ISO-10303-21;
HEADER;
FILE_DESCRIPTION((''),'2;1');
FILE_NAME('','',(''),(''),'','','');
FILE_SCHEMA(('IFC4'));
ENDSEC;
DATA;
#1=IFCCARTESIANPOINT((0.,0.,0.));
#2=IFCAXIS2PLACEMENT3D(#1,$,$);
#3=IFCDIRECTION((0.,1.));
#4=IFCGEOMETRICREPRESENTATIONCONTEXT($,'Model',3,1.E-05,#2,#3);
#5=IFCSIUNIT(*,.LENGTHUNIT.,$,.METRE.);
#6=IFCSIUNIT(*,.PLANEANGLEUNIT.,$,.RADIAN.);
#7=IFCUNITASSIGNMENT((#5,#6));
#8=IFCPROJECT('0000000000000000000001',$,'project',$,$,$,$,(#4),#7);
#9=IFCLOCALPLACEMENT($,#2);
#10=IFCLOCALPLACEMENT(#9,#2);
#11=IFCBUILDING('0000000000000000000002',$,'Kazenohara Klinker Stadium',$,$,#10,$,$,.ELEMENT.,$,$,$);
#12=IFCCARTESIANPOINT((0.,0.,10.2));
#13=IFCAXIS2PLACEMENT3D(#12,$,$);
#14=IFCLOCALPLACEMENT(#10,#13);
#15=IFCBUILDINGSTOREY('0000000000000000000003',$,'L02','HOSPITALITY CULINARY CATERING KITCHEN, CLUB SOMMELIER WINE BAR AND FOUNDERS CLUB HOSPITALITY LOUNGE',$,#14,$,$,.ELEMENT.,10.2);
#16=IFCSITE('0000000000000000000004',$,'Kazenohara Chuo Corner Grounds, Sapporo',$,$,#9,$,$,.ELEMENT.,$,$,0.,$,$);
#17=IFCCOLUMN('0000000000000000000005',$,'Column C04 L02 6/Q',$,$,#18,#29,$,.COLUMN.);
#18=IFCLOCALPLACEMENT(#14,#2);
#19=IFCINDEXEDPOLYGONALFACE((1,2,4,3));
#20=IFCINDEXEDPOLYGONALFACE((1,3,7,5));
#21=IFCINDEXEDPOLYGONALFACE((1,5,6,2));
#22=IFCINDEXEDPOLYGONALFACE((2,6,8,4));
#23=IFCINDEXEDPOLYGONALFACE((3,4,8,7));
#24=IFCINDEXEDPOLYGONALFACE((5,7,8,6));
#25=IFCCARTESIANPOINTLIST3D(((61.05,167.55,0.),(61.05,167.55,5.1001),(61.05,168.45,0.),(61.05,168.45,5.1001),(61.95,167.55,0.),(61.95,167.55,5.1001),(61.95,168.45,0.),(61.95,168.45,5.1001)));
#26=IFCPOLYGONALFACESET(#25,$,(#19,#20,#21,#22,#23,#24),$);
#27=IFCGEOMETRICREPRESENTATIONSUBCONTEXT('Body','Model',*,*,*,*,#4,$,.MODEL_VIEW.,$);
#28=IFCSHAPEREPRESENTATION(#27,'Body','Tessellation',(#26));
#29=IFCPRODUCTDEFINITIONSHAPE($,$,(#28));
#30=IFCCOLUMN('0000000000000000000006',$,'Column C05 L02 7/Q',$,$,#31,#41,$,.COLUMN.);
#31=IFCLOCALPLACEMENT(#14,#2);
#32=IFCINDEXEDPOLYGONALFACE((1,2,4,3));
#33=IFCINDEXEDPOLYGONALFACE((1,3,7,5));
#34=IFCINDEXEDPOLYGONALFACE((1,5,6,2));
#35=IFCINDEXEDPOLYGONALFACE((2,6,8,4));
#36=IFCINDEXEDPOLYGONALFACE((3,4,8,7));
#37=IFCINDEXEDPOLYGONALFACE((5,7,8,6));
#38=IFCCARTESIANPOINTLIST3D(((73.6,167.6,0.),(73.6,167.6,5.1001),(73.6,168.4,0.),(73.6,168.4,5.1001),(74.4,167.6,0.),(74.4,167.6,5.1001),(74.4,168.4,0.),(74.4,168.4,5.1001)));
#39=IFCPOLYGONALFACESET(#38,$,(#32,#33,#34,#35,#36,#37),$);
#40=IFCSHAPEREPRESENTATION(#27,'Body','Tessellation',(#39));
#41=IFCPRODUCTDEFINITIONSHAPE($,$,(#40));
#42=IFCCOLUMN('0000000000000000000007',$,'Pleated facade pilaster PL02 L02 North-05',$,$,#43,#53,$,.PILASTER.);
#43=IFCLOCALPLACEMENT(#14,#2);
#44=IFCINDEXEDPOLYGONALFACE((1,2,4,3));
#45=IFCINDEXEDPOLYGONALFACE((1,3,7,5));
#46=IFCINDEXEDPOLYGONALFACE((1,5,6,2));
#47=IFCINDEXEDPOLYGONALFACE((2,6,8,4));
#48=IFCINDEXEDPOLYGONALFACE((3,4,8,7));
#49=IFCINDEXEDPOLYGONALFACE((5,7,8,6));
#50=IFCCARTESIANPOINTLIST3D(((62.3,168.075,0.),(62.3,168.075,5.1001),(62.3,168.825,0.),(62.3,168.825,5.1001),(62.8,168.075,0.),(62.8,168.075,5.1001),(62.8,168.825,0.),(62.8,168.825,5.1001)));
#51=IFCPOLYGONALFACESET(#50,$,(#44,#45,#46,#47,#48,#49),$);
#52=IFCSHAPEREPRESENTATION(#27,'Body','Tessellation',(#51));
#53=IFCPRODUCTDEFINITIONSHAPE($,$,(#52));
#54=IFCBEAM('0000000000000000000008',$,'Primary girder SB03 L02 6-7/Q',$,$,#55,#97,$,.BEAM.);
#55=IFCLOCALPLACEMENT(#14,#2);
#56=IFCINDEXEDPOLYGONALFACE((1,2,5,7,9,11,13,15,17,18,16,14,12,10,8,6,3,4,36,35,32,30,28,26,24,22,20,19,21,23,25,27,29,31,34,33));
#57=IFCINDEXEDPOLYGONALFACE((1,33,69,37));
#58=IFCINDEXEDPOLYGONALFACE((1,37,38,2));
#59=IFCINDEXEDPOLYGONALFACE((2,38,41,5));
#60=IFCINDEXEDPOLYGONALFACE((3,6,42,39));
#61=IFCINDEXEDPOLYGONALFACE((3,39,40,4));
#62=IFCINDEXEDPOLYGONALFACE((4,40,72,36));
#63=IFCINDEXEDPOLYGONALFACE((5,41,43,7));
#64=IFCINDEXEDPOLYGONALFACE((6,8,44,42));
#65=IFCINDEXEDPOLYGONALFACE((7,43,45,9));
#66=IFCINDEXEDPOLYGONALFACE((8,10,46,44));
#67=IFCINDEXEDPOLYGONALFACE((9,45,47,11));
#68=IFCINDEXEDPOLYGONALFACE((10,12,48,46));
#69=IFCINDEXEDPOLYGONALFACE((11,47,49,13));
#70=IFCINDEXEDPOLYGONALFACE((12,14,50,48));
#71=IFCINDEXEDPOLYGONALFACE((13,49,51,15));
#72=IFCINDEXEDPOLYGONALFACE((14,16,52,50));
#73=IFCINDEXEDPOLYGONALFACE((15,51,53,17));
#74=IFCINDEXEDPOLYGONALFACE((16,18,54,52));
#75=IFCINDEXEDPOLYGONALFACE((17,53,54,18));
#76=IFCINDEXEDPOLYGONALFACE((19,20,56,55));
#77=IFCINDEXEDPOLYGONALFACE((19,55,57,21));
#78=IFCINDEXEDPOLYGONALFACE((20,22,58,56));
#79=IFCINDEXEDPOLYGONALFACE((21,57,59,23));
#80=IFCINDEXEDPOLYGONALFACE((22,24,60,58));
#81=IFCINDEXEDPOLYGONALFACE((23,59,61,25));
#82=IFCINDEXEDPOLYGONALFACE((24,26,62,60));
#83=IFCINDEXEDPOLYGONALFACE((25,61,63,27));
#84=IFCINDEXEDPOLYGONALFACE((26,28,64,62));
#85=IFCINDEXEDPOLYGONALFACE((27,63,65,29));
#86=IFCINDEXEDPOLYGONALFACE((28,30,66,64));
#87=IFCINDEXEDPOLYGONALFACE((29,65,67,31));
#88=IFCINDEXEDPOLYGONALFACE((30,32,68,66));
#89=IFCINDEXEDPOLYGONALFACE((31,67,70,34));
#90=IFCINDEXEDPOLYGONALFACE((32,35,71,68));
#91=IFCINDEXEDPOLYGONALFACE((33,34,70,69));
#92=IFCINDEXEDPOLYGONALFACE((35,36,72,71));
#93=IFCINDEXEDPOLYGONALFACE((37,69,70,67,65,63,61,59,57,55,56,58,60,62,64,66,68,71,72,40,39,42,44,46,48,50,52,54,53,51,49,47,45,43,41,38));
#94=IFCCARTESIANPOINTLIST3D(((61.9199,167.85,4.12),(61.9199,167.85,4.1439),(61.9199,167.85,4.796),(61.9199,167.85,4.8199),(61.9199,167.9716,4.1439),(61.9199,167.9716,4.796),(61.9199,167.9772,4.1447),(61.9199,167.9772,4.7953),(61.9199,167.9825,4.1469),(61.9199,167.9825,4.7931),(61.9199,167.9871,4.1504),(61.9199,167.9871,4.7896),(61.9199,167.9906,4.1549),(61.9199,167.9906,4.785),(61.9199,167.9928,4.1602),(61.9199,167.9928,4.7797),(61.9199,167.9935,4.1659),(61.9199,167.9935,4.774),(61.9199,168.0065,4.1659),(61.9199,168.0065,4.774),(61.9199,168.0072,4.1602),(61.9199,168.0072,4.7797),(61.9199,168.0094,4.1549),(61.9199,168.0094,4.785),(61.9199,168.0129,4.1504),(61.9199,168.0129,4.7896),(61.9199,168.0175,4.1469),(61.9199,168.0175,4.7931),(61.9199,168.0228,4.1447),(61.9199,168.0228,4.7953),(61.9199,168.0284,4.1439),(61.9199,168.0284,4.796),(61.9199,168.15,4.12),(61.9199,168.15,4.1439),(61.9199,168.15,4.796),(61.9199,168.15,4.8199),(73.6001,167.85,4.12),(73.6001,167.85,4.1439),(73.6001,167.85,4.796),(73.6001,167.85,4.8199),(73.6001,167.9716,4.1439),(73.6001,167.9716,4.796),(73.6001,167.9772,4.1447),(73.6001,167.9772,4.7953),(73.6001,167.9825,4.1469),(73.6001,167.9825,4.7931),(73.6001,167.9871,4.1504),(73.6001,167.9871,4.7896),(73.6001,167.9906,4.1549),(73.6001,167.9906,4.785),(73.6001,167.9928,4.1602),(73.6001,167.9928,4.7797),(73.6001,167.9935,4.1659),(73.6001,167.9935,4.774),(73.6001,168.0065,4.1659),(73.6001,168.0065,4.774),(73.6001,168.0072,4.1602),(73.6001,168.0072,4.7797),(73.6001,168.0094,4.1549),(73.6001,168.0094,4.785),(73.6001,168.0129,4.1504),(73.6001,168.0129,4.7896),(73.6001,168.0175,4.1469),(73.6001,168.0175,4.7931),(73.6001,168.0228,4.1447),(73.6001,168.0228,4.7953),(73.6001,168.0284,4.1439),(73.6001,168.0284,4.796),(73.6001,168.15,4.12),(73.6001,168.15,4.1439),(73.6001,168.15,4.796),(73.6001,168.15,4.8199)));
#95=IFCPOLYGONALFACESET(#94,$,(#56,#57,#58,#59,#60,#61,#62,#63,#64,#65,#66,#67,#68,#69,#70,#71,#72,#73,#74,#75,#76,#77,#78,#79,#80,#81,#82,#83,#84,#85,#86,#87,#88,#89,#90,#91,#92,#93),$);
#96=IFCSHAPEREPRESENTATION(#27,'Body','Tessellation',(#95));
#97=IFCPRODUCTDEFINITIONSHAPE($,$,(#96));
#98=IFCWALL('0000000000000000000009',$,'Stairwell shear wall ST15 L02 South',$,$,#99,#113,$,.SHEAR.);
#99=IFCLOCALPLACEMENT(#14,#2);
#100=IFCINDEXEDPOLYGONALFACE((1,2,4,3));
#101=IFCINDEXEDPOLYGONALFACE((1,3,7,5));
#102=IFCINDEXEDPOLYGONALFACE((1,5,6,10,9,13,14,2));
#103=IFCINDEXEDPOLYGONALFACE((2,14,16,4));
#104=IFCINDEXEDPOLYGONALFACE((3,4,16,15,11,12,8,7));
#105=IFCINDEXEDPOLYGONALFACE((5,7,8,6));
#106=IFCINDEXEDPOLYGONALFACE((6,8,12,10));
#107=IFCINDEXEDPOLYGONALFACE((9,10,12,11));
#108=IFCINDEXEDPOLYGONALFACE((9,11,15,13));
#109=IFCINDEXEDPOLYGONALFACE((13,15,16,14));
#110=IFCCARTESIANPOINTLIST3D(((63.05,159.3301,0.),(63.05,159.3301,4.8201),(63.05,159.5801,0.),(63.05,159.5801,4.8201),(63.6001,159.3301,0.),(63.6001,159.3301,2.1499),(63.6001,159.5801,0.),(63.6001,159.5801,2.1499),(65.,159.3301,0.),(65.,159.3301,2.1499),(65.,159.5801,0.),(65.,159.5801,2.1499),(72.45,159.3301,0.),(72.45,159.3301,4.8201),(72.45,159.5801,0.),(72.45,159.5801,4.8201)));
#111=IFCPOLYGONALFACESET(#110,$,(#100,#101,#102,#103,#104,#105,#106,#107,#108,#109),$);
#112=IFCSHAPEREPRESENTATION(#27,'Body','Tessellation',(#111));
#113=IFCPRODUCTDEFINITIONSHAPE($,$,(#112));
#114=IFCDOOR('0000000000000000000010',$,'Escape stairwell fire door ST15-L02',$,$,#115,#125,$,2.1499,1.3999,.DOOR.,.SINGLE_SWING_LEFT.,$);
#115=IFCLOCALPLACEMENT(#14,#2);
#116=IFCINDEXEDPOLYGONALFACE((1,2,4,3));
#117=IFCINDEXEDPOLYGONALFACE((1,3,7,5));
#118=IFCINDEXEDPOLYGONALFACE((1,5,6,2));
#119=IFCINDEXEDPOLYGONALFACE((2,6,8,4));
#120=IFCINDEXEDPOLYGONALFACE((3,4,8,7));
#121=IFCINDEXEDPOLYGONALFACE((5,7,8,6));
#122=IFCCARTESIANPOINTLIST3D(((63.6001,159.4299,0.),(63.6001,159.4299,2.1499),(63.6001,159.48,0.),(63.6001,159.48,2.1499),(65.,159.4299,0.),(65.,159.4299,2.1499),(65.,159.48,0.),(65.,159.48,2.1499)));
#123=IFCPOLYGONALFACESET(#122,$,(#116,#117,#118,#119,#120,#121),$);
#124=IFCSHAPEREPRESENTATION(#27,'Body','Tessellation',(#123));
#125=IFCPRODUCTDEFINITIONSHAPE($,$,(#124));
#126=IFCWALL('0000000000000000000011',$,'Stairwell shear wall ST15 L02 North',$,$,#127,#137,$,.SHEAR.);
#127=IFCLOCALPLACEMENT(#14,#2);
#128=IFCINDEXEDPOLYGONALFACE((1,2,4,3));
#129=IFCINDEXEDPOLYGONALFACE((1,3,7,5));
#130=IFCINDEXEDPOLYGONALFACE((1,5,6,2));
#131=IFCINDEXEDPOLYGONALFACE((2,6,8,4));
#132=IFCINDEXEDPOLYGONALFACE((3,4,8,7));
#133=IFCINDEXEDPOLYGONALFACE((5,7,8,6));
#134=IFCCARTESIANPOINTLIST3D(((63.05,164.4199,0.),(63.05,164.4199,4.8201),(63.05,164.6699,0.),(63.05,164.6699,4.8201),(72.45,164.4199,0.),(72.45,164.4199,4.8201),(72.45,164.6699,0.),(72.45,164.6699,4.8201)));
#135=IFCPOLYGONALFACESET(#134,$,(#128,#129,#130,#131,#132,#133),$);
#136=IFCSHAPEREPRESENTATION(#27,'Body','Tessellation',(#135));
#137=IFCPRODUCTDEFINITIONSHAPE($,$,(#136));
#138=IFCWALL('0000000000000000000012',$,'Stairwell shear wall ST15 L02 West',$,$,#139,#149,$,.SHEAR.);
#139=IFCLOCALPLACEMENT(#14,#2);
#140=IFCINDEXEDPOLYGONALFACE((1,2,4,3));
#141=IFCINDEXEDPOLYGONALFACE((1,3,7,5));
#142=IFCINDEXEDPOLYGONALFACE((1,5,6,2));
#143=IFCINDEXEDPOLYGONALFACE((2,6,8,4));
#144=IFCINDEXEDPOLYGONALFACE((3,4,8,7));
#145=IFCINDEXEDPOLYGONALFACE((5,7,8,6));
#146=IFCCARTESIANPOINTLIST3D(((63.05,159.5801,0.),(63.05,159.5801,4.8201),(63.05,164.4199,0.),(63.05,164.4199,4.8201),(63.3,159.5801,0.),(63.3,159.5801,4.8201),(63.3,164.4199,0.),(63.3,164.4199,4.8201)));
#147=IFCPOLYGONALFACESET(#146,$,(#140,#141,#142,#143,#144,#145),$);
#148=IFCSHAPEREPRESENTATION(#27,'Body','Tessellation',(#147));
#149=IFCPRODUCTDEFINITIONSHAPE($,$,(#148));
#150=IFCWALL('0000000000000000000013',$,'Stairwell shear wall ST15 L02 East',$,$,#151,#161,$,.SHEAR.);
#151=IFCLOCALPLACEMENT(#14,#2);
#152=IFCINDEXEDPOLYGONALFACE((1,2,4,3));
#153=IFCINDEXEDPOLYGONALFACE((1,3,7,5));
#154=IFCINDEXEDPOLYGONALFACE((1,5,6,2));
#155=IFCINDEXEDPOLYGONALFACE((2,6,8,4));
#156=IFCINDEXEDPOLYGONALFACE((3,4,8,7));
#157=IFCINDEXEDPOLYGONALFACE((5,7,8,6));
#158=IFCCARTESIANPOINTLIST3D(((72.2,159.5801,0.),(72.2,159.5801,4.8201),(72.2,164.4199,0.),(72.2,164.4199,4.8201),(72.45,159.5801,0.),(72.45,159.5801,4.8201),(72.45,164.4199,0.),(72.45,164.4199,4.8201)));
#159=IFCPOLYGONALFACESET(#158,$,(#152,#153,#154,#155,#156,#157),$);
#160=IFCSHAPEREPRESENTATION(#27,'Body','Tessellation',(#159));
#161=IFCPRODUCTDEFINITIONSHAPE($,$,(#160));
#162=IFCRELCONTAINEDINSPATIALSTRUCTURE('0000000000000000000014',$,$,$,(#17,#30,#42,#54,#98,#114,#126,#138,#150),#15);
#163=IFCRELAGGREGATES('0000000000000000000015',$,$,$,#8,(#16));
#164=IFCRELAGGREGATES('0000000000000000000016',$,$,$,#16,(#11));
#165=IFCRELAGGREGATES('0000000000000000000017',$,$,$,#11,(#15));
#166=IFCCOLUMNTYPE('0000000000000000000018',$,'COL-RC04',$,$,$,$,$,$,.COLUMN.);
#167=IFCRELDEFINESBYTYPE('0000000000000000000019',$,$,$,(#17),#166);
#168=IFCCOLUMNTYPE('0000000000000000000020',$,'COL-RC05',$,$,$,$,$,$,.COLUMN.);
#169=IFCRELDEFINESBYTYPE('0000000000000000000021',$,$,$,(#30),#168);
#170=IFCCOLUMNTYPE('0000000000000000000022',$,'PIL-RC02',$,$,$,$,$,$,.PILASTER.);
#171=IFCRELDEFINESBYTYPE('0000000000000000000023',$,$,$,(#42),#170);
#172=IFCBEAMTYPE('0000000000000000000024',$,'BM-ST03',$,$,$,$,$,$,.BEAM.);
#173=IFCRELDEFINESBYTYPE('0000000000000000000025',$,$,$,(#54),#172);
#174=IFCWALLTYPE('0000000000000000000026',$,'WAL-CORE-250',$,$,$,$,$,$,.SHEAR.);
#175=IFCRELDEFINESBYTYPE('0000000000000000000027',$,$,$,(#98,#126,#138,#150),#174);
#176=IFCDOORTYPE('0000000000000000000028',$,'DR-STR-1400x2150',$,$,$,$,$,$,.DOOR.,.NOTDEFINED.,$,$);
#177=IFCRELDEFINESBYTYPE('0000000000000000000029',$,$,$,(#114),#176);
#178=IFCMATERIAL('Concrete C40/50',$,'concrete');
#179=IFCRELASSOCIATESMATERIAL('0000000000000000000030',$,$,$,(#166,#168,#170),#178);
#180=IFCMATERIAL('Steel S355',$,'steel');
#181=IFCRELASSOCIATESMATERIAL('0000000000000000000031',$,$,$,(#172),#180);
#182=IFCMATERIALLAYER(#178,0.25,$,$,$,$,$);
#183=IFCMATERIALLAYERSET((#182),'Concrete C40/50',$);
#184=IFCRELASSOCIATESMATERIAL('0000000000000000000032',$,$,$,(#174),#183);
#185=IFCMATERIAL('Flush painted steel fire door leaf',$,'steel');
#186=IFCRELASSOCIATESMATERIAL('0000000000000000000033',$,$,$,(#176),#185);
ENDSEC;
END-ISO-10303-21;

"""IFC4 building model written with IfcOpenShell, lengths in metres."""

from ifc_helpers import new_model, si_unit, direction, frame, frame_2d, origin, origin_2d, place, context, subcontext, project, spatial, rectangle, i_section, extrude, material, layer, layer_set, material_profile, profile_set, type_object, element, fill, save


model = new_model("IFC4")

# Units and contexts
model_context = context("Model", 3, precision=1e-05, world=origin(), true_north=direction((0.0, 1.0)))
body_context = subcontext(model_context, "Body", "Model", "MODEL_VIEW")
ifc_project = project(units=[si_unit("LENGTHUNIT", "METRE"), si_unit("PLANEANGLEUNIT", "RADIAN")], contexts=[model_context])

# Site, building, storey
site_placement = place(None, origin())
site = spatial("IfcSite", under=ifc_project, at=site_placement, Name="Kazenohara Chuo Corner Grounds, Sapporo", CompositionType="ELEMENT", RefElevation=0.0)
building_placement = place(site_placement, origin())
building = spatial("IfcBuilding", under=site, at=building_placement, Name="Kazenohara Klinker Stadium", CompositionType="ELEMENT")
storey_placement = place(building_placement, frame((0.0, 0.0, 10.2)))
storey = spatial("IfcBuildingStorey", under=building, at=storey_placement, Name="L02", Description="HOSPITALITY CULINARY CATERING KITCHEN, CLUB SOMMELIER WINE BAR AND FOUNDERS CLUB HOSPITALITY LOUNGE", CompositionType="ELEMENT", Elevation=10.2)

# Columns
ifc_material_1 = material(Name="Concrete C40/50", Category="concrete")
ifc_material_profile_1 = material_profile(ifc_material_1, rectangle(XDim=0.8999, YDim=0.8999, at=origin_2d()), Name="RC-COL-900x900")
ifc_profile_set_1 = profile_set([ifc_material_profile_1], Name="Concrete C40/50")
column_type_1 = type_object("IfcColumnType", Name="COL-RC04", PredefinedType="COLUMN", material=ifc_profile_set_1)
column_1_placement = place(storey_placement, frame((61.5, 168.0, 0.0), z_axis=(0.0, 0.0, 1.0), x_axis=(1.0, 0.0, 0.0)))
element("IfcColumn", 1, at=column_1_placement, inside=storey, type_object=column_type_1, Name="Column C04 L02 6/Q", PredefinedType="COLUMN", context=body_context, shape_type="SweptSolid", body=[
    extrude(rectangle(XDim=0.8999, YDim=0.8999, at=origin_2d()), origin(), (0.0, 0.0, 1.0), 5.1001),
])
ifc_material_profile_2 = material_profile(ifc_material_1, rectangle(XDim=0.8, YDim=0.8, at=origin_2d()), Name="RC-COL-800x800")
ifc_profile_set_2 = profile_set([ifc_material_profile_2], Name="Concrete C40/50")
column_type_2 = type_object("IfcColumnType", Name="COL-RC05", PredefinedType="COLUMN", material=ifc_profile_set_2)
column_2_placement = place(storey_placement, frame((74.0, 168.0, 0.0), z_axis=(0.0, 0.0, 1.0), x_axis=(1.0, 0.0, 0.0)))
element("IfcColumn", 2, at=column_2_placement, inside=storey, type_object=column_type_2, Name="Column C05 L02 7/Q", PredefinedType="COLUMN", context=body_context, shape_type="SweptSolid", body=[
    extrude(rectangle(XDim=0.8, YDim=0.8, at=origin_2d()), origin(), (0.0, 0.0, 1.0), 5.1001),
])
ifc_material_profile_3 = material_profile(ifc_material_1, rectangle(XDim=0.5, YDim=0.75, at=origin_2d()), Name="RC-PILASTER-500x750")
ifc_profile_set_3 = profile_set([ifc_material_profile_3], Name="Concrete C40/50")
column_type_3 = type_object("IfcColumnType", Name="PIL-RC02", PredefinedType="PILASTER", material=ifc_profile_set_3)
column_3_placement = place(storey_placement, frame((62.55, 168.45, 0.0), z_axis=(0.0, 0.0, 1.0), x_axis=(1.0, 0.0, 0.0)))
element("IfcColumn", 3, at=column_3_placement, inside=storey, type_object=column_type_3, Name="Pleated facade pilaster PL02 L02 North-05", PredefinedType="PILASTER", context=body_context, shape_type="SweptSolid", body=[
    extrude(rectangle(XDim=0.5, YDim=0.75, at=origin_2d()), origin(), (0.0, 0.0, 1.0), 5.1001),
])

# Beam
ifc_material_2 = material(Name="Steel S355", Category="steel")
ifc_material_profile_4 = material_profile(ifc_material_2, i_section(OverallWidth=0.3, OverallDepth=0.7, WebThickness=0.0129, FlangeThickness=0.0239, FilletRadius=0.022, at=origin_2d()), Name="H-700x300x13x24")
ifc_profile_set_4 = profile_set([ifc_material_profile_4], Name="Steel S355")
beam_type = type_object("IfcBeamType", Name="BM-ST03", PredefinedType="BEAM", material=ifc_profile_set_4)
beam_placement = place(storey_placement, frame((61.9199, 168.0, 4.47), z_axis=(1.0, 0.0, 0.0), x_axis=(0.0, 1.0, 0.0)))
element("IfcBeam", 4, at=beam_placement, inside=storey, type_object=beam_type, Name="Primary girder SB03 L02 6-7/Q", PredefinedType="BEAM", context=body_context, shape_type="SweptSolid", body=[
    extrude(i_section(OverallWidth=0.3, OverallDepth=0.7, WebThickness=0.0129, FlangeThickness=0.0239, FilletRadius=0.022, at=origin_2d()), origin(), (0.0, 0.0, 1.0), 11.6802),
])

# Wall, opening, door
ifc_layer_1 = layer(ifc_material_1, 0.25)
ifc_layer_set_1 = layer_set([ifc_layer_1], Name="Concrete C40/50")
wall_type_1 = type_object("IfcWallType", Name="WAL-CORE-250", PredefinedType="SHEAR", material=ifc_layer_set_1)
wall_1_placement = place(storey_placement, frame((63.05, 159.4551, 0.0), z_axis=(0.0, 0.0, 1.0), x_axis=(1.0, 0.0, 0.0)))
wall_1 = element("IfcWall", 5, at=wall_1_placement, inside=storey, type_object=wall_type_1, Name="Stairwell shear wall ST15 L02 South", PredefinedType="SHEAR", context=body_context, shape_type="SweptSolid", body=[
    extrude(rectangle(XDim=9.3999, YDim=0.25, at=frame_2d((4.7, 0.0))), origin(), (0.0, 0.0, 1.0), 4.8201),
])
opening_1_placement = place(wall_1_placement, frame((0.55, 0.0, 0.0)))
opening_1 = element("IfcOpeningElement", 6, at=opening_1_placement, cuts=wall_1, PredefinedType="OPENING", context=body_context, shape_type="SweptSolid", body=[
    extrude(rectangle(XDim=1.3999, YDim=2.1499, at=frame_2d((0.7, 1.075))), frame((0.0, 0.135, 0.0), z_axis=(0.0, -1.0, 0.0), x_axis=(1.0, 0.0, 0.0)), (0.0, 0.0, 1.0), 0.27),
])
ifc_material_3 = material(Name="Flush painted steel fire door leaf", Category="steel")
door_type = type_object("IfcDoorType", Name="DR-STR-1400x2150", OperationType="NOTDEFINED", PredefinedType="DOOR", material=ifc_material_3)
door_placement = place(opening_1_placement, origin())
door = element("IfcDoor", 7, at=door_placement, inside=storey, type_object=door_type, Name="Escape stairwell fire door ST15-L02", OperationType="SINGLE_SWING_LEFT", OverallHeight=2.1499, OverallWidth=1.3999, PredefinedType="DOOR", context=body_context, shape_type="SweptSolid", body=[
    extrude(rectangle(XDim=1.3999, YDim=2.1499, at=frame_2d((0.7, 1.075))), frame((0.0, 0.0249, 0.0), z_axis=(0.0, -1.0, 0.0), x_axis=(1.0, 0.0, 0.0)), (0.0, 0.0, 1.0), 0.05),
])
fill(opening_1, door)

# Walls
wall_2_placement = place(storey_placement, frame((63.05, 164.5449, 0.0), z_axis=(0.0, 0.0, 1.0), x_axis=(1.0, 0.0, 0.0)))
element("IfcWall", 8, at=wall_2_placement, inside=storey, type_object=wall_type_1, Name="Stairwell shear wall ST15 L02 North", PredefinedType="SHEAR", context=body_context, shape_type="SweptSolid", body=[
    extrude(rectangle(XDim=9.3999, YDim=0.25, at=frame_2d((4.7, 0.0))), origin(), (0.0, 0.0, 1.0), 4.8201),
])
for number, where, z_axis, x_axis, name in (
    (9, (63.175, 159.5801, 0.0), (0.0, 0.0, 1.0), (0.0, 1.0, 0.0), "Stairwell shear wall ST15 L02 West"),
    (10, (72.325, 159.5801, 0.0), (0.0, 0.0, 1.0), (0.0, 1.0, 0.0), "Stairwell shear wall ST15 L02 East"),
):
    element("IfcWall", number, at=place(storey_placement, frame(where, z_axis=z_axis, x_axis=x_axis)), inside=storey, type_object=wall_type_1, Name=name, PredefinedType="SHEAR", context=body_context, shape_type="SweptSolid", body=[
        extrude(rectangle(XDim=4.8398, YDim=0.25, at=frame_2d((2.4199, 0.0))), origin(), (0.0, 0.0, 1.0), 4.8201),
    ])

save(model, "model.ifc")
